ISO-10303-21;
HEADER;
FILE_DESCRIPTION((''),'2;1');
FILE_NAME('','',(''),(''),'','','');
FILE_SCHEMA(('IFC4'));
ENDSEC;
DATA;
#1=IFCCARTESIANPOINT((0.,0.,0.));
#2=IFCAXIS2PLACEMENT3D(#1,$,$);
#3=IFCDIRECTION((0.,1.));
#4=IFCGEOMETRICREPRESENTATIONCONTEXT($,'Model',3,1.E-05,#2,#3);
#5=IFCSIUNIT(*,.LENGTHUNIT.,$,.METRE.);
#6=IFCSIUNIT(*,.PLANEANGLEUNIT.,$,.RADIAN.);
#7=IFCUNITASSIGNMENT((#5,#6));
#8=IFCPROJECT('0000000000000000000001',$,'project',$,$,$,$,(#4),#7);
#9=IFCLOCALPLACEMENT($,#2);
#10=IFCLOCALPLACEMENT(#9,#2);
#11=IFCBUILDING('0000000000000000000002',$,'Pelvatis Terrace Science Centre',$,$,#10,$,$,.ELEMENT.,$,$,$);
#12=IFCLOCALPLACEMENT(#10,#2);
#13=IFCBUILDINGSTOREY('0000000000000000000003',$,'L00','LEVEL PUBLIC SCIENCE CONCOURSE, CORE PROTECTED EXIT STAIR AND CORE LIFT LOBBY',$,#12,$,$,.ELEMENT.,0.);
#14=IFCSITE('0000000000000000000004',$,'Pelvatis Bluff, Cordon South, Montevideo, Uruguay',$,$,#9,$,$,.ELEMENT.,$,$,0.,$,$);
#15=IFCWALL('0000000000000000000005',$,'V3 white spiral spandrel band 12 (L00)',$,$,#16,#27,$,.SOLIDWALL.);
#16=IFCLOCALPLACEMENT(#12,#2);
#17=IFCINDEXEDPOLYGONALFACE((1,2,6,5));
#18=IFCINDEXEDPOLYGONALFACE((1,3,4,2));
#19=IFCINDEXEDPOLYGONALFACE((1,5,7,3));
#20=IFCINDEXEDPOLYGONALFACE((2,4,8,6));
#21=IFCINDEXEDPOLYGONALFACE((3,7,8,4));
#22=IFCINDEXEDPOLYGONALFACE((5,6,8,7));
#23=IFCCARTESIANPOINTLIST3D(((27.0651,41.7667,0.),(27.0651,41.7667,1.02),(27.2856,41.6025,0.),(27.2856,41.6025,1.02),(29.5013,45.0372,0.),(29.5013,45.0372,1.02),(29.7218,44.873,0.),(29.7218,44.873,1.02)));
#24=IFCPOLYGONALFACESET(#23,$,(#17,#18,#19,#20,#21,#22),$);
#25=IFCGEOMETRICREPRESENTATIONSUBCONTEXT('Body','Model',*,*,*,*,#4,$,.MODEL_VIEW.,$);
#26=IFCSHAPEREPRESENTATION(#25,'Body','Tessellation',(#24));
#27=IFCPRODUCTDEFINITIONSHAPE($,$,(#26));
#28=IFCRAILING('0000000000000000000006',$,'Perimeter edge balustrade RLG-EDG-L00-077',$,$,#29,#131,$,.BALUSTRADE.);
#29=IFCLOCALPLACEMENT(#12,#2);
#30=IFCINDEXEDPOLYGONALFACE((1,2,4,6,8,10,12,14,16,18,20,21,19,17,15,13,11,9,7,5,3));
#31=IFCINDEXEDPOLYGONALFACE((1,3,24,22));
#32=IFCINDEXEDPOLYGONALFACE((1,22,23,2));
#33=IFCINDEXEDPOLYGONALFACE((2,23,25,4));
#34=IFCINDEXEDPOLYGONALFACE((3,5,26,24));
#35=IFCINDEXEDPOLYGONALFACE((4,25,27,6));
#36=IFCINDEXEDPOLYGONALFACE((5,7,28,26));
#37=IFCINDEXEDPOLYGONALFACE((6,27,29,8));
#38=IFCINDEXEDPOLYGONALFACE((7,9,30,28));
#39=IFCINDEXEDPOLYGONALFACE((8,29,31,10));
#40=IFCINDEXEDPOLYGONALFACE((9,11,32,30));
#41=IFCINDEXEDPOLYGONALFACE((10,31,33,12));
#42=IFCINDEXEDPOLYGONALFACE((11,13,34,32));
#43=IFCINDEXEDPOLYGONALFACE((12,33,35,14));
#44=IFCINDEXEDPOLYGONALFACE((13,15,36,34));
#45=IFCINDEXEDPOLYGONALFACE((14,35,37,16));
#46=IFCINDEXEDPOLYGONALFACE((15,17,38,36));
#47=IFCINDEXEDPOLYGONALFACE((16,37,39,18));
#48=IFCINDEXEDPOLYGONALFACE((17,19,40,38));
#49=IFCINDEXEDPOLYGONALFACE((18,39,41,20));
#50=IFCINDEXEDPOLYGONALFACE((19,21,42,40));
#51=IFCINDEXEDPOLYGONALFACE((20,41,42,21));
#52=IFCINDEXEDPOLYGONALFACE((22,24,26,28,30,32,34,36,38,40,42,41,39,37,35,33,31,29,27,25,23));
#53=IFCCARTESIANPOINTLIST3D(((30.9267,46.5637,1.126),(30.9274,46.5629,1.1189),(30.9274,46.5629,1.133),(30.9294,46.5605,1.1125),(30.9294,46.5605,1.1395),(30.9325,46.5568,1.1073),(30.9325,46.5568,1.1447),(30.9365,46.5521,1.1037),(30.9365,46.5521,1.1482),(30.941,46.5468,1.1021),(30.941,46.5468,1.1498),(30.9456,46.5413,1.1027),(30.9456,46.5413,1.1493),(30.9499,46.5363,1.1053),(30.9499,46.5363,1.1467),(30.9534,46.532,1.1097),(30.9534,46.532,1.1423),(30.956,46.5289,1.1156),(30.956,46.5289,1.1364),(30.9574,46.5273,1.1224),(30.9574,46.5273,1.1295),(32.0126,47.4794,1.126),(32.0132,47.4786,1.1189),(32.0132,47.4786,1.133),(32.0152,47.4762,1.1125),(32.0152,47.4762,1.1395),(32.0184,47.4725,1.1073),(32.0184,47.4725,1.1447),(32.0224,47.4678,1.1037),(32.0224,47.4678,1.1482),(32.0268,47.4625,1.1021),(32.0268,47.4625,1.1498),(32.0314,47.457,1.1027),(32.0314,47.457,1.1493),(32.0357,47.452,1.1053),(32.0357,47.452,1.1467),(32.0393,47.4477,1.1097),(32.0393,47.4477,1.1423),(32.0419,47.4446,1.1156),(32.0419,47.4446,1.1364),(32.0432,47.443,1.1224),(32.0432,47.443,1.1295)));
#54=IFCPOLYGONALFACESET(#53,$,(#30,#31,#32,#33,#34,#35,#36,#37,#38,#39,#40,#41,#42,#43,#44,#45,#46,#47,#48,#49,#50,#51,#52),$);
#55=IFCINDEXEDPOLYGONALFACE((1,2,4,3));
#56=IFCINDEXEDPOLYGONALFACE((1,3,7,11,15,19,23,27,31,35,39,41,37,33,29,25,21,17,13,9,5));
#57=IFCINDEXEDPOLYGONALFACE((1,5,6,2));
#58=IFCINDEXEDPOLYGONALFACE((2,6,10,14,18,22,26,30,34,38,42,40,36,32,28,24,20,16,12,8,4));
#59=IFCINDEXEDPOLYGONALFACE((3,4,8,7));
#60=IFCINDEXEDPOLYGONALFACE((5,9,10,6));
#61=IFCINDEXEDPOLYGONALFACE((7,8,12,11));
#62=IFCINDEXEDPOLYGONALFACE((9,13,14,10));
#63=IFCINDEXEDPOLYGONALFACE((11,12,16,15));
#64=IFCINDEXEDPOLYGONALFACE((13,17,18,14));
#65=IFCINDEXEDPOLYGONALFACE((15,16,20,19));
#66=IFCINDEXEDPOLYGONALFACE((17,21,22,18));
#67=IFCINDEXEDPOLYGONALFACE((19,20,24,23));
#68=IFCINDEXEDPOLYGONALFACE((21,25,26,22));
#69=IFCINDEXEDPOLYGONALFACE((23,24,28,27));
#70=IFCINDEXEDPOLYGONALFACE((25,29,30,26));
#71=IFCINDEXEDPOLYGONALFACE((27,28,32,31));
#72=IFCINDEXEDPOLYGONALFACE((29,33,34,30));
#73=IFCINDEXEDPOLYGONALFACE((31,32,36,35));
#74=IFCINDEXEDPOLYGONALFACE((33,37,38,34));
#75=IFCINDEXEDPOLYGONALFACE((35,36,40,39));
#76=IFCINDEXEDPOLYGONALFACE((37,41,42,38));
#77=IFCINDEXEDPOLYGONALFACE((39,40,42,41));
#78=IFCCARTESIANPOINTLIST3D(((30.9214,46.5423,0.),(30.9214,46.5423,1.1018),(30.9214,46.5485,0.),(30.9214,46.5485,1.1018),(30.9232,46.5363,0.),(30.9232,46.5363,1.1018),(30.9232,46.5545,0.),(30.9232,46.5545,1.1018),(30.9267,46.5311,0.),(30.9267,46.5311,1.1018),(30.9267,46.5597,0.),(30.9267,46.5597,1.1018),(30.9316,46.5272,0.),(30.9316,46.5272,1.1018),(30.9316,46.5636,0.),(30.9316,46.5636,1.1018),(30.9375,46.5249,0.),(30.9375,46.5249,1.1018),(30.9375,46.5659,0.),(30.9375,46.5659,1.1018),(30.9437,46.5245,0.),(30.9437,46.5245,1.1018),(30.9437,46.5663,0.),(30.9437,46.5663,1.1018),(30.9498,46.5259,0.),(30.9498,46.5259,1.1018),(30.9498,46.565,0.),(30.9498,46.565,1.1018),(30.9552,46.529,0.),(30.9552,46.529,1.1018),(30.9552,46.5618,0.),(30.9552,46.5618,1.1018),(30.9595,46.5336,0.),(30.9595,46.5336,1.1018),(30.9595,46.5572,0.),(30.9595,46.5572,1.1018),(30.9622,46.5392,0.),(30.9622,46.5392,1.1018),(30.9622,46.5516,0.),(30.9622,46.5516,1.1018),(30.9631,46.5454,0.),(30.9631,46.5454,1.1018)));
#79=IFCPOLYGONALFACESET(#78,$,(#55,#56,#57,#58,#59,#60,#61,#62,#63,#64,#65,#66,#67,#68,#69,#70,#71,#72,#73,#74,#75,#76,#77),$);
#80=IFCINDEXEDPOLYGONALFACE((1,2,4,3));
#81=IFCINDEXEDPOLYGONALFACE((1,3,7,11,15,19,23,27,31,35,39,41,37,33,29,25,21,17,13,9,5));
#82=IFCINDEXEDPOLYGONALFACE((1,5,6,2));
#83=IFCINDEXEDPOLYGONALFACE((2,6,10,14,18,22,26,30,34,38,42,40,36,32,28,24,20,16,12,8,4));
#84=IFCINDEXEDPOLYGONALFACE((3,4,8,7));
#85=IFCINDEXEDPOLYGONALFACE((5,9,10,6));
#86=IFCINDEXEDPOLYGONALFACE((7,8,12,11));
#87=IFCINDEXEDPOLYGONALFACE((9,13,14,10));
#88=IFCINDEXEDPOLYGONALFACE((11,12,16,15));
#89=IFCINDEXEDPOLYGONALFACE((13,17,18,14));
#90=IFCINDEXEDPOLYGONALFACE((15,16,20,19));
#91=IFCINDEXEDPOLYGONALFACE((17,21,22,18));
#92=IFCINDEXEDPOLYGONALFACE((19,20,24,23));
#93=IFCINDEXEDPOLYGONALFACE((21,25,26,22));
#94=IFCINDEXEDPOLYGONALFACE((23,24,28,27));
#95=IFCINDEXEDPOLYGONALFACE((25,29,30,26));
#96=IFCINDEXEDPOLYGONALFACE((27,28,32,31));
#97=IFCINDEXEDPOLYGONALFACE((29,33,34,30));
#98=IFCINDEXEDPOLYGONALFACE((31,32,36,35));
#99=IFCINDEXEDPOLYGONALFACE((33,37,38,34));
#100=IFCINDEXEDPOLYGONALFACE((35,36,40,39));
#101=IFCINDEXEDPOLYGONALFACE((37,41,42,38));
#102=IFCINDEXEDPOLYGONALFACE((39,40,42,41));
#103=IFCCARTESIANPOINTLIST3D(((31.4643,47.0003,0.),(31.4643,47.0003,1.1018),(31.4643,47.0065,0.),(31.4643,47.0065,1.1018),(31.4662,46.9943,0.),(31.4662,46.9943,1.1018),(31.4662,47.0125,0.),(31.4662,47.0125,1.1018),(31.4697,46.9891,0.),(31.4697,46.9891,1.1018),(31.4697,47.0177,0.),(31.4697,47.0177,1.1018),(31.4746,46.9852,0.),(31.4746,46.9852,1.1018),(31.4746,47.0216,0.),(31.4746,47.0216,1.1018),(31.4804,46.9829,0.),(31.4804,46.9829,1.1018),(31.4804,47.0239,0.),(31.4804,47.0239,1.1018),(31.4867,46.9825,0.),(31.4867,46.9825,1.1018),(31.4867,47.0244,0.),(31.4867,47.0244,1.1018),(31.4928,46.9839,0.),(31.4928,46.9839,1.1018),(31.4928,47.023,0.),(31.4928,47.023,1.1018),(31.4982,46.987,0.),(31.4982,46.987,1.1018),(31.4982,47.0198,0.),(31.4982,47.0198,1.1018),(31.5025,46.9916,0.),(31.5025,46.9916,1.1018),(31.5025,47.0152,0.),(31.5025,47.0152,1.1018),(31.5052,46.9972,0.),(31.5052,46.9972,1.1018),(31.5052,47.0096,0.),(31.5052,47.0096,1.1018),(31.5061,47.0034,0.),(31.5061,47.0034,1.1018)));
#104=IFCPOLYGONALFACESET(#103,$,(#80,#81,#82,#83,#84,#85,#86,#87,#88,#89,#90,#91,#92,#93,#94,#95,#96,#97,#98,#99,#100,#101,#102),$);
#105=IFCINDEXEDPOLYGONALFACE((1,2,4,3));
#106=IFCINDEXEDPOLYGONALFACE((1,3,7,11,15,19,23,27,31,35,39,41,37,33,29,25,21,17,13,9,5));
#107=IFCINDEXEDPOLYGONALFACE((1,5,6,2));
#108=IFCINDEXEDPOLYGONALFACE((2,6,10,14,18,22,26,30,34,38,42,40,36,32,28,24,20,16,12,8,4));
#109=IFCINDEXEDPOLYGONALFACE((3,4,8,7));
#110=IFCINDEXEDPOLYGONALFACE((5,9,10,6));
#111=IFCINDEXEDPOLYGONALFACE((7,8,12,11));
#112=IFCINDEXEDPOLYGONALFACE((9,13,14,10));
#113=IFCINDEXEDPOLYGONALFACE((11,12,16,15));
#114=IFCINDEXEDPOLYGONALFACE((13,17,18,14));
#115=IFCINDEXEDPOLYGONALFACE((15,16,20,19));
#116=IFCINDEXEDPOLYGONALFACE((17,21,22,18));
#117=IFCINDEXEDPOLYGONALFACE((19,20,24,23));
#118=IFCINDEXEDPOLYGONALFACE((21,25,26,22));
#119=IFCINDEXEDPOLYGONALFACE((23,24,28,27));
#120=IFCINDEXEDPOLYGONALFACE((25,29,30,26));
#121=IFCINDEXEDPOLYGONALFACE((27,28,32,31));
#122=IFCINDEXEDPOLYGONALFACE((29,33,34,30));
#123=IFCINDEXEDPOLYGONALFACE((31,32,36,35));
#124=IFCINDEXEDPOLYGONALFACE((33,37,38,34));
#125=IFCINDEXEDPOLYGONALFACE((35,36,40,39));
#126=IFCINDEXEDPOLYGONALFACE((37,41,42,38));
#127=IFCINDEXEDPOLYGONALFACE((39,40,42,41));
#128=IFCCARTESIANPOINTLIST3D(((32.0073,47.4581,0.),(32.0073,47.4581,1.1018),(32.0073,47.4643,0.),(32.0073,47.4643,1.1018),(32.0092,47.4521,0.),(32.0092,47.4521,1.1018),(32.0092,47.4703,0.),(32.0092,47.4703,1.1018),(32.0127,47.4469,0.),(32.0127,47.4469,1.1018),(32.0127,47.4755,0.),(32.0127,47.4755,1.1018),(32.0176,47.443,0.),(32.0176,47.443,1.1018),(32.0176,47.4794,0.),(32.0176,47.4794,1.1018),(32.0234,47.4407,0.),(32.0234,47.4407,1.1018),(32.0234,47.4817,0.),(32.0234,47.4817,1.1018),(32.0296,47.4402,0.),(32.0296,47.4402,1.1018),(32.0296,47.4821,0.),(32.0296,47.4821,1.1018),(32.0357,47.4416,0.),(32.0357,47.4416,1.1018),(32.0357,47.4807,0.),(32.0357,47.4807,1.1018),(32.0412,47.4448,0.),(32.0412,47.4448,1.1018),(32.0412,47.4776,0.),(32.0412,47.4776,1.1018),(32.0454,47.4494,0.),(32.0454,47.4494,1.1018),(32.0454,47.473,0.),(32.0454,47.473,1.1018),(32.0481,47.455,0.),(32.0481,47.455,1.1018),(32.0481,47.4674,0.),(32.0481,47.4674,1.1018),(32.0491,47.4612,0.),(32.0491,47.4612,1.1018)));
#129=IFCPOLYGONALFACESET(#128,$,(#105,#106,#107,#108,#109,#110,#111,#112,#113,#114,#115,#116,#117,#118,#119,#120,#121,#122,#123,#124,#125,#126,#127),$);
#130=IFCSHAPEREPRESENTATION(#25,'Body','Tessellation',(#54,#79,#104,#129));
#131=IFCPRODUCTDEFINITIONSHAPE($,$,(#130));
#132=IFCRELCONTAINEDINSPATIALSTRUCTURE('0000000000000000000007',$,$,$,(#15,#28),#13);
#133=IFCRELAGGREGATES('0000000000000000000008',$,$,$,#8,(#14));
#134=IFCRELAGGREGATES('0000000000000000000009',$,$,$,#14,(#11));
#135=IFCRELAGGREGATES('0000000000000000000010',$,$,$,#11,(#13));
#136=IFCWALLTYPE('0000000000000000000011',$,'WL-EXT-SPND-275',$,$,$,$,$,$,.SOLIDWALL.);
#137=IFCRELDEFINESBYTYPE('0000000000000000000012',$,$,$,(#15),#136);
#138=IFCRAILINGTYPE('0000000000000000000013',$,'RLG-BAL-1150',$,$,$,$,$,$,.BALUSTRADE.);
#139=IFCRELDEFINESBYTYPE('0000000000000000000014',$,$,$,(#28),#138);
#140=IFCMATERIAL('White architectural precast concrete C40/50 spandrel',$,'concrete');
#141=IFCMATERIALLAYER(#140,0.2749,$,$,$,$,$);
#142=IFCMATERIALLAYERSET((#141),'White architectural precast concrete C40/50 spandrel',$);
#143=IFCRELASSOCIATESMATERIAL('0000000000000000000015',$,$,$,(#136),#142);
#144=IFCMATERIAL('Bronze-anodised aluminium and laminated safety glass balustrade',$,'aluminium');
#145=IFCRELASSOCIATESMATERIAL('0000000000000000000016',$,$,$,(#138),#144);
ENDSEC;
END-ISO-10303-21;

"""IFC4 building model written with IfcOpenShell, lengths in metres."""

from ifc_helpers import new_model, si_unit, direction, frame, frame_2d, origin, origin_2d, place, context, subcontext, project, spatial, rectangle, circle, extrude, material, layer, layer_set, type_object, element, save


model = new_model("IFC4")

# Units and contexts
model_context = context("Model", 3, precision=1e-05, world=origin(), true_north=direction((0.0, 1.0)))
body_context = subcontext(model_context, "Body", "Model", "MODEL_VIEW")
ifc_project = project(units=[si_unit("LENGTHUNIT", "METRE"), si_unit("PLANEANGLEUNIT", "RADIAN")], contexts=[model_context])

# Site, building, storey
site_placement = place(None, origin())
site = spatial("IfcSite", under=ifc_project, at=site_placement, Name="Pelvatis Bluff, Cordon South, Montevideo, Uruguay", CompositionType="ELEMENT", RefElevation=0.0)
building_placement = place(site_placement, origin())
building = spatial("IfcBuilding", under=site, at=building_placement, Name="Pelvatis Terrace Science Centre", CompositionType="ELEMENT")
storey_placement = place(building_placement, origin())
storey = spatial("IfcBuildingStorey", under=building, at=storey_placement, Name="L00", Description="LEVEL PUBLIC SCIENCE CONCOURSE, CORE PROTECTED EXIT STAIR AND CORE LIFT LOBBY", CompositionType="ELEMENT", Elevation=0.0)

# Wall
ifc_material_1 = material(Name="White architectural precast concrete C40/50 spandrel", Category="concrete")
ifc_layer_1 = layer(ifc_material_1, 0.2749)
ifc_layer_set_1 = layer_set([ifc_layer_1], Name="White architectural precast concrete C40/50 spandrel")
wall_type = type_object("IfcWallType", Name="WL-EXT-SPND-275", PredefinedType="SOLIDWALL", material=ifc_layer_set_1)
wall_placement = place(storey_placement, frame((29.6116, 44.9551, 0.0), z_axis=(0.0, 0.0, 1.0), x_axis=(-0.597391, -0.80195, 0.0)))
element("IfcWall", 1, at=wall_placement, inside=storey, type_object=wall_type, Name="V3 white spiral spandrel band 12 (L00)", PredefinedType="SOLIDWALL", context=body_context, shape_type="SweptSolid", body=[
    extrude(rectangle(XDim=4.0781, YDim=0.2749, at=frame_2d((2.0391, 0.0))), origin(), (0.0, 0.0, 1.0), 1.02),
])

# Railing
ifc_material_2 = material(Name="Bronze-anodised aluminium and laminated safety glass balustrade", Category="aluminium")
railing_type = type_object("IfcRailingType", Name="RLG-BAL-1150", PredefinedType="BALUSTRADE", material=ifc_material_2)
railing_placement = place(storey_placement, frame((30.9421, 46.5454, 0.0)))
element("IfcRailing", 2, at=railing_placement, inside=storey, type_object=railing_type, Name="Perimeter edge balustrade RLG-EDG-L00-077", PredefinedType="BALUSTRADE", context=body_context, shape_type="SweptSolid", body=[
    extrude(circle(Radius=0.0239, at=origin_2d()), frame((0.0, 0.0, 1.126), z_axis=(0.764461, 0.64467, 0.0), x_axis=(-0.64467, 0.764461, 0.0)), (0.0, 0.0, 1.0), 1.4204),
    extrude(circle(Radius=0.021, at=origin_2d()), origin(), (0.0, 0.0, 1.0), 1.1018),
    extrude(circle(Radius=0.021, at=origin_2d()), frame((0.543, 0.458, 0.0)), (0.0, 0.0, 1.0), 1.1018),
    extrude(circle(Radius=0.021, at=origin_2d()), frame((1.0859, 0.9158, 0.0)), (0.0, 0.0, 1.0), 1.1018),
])

save(model, "model.ifc")
